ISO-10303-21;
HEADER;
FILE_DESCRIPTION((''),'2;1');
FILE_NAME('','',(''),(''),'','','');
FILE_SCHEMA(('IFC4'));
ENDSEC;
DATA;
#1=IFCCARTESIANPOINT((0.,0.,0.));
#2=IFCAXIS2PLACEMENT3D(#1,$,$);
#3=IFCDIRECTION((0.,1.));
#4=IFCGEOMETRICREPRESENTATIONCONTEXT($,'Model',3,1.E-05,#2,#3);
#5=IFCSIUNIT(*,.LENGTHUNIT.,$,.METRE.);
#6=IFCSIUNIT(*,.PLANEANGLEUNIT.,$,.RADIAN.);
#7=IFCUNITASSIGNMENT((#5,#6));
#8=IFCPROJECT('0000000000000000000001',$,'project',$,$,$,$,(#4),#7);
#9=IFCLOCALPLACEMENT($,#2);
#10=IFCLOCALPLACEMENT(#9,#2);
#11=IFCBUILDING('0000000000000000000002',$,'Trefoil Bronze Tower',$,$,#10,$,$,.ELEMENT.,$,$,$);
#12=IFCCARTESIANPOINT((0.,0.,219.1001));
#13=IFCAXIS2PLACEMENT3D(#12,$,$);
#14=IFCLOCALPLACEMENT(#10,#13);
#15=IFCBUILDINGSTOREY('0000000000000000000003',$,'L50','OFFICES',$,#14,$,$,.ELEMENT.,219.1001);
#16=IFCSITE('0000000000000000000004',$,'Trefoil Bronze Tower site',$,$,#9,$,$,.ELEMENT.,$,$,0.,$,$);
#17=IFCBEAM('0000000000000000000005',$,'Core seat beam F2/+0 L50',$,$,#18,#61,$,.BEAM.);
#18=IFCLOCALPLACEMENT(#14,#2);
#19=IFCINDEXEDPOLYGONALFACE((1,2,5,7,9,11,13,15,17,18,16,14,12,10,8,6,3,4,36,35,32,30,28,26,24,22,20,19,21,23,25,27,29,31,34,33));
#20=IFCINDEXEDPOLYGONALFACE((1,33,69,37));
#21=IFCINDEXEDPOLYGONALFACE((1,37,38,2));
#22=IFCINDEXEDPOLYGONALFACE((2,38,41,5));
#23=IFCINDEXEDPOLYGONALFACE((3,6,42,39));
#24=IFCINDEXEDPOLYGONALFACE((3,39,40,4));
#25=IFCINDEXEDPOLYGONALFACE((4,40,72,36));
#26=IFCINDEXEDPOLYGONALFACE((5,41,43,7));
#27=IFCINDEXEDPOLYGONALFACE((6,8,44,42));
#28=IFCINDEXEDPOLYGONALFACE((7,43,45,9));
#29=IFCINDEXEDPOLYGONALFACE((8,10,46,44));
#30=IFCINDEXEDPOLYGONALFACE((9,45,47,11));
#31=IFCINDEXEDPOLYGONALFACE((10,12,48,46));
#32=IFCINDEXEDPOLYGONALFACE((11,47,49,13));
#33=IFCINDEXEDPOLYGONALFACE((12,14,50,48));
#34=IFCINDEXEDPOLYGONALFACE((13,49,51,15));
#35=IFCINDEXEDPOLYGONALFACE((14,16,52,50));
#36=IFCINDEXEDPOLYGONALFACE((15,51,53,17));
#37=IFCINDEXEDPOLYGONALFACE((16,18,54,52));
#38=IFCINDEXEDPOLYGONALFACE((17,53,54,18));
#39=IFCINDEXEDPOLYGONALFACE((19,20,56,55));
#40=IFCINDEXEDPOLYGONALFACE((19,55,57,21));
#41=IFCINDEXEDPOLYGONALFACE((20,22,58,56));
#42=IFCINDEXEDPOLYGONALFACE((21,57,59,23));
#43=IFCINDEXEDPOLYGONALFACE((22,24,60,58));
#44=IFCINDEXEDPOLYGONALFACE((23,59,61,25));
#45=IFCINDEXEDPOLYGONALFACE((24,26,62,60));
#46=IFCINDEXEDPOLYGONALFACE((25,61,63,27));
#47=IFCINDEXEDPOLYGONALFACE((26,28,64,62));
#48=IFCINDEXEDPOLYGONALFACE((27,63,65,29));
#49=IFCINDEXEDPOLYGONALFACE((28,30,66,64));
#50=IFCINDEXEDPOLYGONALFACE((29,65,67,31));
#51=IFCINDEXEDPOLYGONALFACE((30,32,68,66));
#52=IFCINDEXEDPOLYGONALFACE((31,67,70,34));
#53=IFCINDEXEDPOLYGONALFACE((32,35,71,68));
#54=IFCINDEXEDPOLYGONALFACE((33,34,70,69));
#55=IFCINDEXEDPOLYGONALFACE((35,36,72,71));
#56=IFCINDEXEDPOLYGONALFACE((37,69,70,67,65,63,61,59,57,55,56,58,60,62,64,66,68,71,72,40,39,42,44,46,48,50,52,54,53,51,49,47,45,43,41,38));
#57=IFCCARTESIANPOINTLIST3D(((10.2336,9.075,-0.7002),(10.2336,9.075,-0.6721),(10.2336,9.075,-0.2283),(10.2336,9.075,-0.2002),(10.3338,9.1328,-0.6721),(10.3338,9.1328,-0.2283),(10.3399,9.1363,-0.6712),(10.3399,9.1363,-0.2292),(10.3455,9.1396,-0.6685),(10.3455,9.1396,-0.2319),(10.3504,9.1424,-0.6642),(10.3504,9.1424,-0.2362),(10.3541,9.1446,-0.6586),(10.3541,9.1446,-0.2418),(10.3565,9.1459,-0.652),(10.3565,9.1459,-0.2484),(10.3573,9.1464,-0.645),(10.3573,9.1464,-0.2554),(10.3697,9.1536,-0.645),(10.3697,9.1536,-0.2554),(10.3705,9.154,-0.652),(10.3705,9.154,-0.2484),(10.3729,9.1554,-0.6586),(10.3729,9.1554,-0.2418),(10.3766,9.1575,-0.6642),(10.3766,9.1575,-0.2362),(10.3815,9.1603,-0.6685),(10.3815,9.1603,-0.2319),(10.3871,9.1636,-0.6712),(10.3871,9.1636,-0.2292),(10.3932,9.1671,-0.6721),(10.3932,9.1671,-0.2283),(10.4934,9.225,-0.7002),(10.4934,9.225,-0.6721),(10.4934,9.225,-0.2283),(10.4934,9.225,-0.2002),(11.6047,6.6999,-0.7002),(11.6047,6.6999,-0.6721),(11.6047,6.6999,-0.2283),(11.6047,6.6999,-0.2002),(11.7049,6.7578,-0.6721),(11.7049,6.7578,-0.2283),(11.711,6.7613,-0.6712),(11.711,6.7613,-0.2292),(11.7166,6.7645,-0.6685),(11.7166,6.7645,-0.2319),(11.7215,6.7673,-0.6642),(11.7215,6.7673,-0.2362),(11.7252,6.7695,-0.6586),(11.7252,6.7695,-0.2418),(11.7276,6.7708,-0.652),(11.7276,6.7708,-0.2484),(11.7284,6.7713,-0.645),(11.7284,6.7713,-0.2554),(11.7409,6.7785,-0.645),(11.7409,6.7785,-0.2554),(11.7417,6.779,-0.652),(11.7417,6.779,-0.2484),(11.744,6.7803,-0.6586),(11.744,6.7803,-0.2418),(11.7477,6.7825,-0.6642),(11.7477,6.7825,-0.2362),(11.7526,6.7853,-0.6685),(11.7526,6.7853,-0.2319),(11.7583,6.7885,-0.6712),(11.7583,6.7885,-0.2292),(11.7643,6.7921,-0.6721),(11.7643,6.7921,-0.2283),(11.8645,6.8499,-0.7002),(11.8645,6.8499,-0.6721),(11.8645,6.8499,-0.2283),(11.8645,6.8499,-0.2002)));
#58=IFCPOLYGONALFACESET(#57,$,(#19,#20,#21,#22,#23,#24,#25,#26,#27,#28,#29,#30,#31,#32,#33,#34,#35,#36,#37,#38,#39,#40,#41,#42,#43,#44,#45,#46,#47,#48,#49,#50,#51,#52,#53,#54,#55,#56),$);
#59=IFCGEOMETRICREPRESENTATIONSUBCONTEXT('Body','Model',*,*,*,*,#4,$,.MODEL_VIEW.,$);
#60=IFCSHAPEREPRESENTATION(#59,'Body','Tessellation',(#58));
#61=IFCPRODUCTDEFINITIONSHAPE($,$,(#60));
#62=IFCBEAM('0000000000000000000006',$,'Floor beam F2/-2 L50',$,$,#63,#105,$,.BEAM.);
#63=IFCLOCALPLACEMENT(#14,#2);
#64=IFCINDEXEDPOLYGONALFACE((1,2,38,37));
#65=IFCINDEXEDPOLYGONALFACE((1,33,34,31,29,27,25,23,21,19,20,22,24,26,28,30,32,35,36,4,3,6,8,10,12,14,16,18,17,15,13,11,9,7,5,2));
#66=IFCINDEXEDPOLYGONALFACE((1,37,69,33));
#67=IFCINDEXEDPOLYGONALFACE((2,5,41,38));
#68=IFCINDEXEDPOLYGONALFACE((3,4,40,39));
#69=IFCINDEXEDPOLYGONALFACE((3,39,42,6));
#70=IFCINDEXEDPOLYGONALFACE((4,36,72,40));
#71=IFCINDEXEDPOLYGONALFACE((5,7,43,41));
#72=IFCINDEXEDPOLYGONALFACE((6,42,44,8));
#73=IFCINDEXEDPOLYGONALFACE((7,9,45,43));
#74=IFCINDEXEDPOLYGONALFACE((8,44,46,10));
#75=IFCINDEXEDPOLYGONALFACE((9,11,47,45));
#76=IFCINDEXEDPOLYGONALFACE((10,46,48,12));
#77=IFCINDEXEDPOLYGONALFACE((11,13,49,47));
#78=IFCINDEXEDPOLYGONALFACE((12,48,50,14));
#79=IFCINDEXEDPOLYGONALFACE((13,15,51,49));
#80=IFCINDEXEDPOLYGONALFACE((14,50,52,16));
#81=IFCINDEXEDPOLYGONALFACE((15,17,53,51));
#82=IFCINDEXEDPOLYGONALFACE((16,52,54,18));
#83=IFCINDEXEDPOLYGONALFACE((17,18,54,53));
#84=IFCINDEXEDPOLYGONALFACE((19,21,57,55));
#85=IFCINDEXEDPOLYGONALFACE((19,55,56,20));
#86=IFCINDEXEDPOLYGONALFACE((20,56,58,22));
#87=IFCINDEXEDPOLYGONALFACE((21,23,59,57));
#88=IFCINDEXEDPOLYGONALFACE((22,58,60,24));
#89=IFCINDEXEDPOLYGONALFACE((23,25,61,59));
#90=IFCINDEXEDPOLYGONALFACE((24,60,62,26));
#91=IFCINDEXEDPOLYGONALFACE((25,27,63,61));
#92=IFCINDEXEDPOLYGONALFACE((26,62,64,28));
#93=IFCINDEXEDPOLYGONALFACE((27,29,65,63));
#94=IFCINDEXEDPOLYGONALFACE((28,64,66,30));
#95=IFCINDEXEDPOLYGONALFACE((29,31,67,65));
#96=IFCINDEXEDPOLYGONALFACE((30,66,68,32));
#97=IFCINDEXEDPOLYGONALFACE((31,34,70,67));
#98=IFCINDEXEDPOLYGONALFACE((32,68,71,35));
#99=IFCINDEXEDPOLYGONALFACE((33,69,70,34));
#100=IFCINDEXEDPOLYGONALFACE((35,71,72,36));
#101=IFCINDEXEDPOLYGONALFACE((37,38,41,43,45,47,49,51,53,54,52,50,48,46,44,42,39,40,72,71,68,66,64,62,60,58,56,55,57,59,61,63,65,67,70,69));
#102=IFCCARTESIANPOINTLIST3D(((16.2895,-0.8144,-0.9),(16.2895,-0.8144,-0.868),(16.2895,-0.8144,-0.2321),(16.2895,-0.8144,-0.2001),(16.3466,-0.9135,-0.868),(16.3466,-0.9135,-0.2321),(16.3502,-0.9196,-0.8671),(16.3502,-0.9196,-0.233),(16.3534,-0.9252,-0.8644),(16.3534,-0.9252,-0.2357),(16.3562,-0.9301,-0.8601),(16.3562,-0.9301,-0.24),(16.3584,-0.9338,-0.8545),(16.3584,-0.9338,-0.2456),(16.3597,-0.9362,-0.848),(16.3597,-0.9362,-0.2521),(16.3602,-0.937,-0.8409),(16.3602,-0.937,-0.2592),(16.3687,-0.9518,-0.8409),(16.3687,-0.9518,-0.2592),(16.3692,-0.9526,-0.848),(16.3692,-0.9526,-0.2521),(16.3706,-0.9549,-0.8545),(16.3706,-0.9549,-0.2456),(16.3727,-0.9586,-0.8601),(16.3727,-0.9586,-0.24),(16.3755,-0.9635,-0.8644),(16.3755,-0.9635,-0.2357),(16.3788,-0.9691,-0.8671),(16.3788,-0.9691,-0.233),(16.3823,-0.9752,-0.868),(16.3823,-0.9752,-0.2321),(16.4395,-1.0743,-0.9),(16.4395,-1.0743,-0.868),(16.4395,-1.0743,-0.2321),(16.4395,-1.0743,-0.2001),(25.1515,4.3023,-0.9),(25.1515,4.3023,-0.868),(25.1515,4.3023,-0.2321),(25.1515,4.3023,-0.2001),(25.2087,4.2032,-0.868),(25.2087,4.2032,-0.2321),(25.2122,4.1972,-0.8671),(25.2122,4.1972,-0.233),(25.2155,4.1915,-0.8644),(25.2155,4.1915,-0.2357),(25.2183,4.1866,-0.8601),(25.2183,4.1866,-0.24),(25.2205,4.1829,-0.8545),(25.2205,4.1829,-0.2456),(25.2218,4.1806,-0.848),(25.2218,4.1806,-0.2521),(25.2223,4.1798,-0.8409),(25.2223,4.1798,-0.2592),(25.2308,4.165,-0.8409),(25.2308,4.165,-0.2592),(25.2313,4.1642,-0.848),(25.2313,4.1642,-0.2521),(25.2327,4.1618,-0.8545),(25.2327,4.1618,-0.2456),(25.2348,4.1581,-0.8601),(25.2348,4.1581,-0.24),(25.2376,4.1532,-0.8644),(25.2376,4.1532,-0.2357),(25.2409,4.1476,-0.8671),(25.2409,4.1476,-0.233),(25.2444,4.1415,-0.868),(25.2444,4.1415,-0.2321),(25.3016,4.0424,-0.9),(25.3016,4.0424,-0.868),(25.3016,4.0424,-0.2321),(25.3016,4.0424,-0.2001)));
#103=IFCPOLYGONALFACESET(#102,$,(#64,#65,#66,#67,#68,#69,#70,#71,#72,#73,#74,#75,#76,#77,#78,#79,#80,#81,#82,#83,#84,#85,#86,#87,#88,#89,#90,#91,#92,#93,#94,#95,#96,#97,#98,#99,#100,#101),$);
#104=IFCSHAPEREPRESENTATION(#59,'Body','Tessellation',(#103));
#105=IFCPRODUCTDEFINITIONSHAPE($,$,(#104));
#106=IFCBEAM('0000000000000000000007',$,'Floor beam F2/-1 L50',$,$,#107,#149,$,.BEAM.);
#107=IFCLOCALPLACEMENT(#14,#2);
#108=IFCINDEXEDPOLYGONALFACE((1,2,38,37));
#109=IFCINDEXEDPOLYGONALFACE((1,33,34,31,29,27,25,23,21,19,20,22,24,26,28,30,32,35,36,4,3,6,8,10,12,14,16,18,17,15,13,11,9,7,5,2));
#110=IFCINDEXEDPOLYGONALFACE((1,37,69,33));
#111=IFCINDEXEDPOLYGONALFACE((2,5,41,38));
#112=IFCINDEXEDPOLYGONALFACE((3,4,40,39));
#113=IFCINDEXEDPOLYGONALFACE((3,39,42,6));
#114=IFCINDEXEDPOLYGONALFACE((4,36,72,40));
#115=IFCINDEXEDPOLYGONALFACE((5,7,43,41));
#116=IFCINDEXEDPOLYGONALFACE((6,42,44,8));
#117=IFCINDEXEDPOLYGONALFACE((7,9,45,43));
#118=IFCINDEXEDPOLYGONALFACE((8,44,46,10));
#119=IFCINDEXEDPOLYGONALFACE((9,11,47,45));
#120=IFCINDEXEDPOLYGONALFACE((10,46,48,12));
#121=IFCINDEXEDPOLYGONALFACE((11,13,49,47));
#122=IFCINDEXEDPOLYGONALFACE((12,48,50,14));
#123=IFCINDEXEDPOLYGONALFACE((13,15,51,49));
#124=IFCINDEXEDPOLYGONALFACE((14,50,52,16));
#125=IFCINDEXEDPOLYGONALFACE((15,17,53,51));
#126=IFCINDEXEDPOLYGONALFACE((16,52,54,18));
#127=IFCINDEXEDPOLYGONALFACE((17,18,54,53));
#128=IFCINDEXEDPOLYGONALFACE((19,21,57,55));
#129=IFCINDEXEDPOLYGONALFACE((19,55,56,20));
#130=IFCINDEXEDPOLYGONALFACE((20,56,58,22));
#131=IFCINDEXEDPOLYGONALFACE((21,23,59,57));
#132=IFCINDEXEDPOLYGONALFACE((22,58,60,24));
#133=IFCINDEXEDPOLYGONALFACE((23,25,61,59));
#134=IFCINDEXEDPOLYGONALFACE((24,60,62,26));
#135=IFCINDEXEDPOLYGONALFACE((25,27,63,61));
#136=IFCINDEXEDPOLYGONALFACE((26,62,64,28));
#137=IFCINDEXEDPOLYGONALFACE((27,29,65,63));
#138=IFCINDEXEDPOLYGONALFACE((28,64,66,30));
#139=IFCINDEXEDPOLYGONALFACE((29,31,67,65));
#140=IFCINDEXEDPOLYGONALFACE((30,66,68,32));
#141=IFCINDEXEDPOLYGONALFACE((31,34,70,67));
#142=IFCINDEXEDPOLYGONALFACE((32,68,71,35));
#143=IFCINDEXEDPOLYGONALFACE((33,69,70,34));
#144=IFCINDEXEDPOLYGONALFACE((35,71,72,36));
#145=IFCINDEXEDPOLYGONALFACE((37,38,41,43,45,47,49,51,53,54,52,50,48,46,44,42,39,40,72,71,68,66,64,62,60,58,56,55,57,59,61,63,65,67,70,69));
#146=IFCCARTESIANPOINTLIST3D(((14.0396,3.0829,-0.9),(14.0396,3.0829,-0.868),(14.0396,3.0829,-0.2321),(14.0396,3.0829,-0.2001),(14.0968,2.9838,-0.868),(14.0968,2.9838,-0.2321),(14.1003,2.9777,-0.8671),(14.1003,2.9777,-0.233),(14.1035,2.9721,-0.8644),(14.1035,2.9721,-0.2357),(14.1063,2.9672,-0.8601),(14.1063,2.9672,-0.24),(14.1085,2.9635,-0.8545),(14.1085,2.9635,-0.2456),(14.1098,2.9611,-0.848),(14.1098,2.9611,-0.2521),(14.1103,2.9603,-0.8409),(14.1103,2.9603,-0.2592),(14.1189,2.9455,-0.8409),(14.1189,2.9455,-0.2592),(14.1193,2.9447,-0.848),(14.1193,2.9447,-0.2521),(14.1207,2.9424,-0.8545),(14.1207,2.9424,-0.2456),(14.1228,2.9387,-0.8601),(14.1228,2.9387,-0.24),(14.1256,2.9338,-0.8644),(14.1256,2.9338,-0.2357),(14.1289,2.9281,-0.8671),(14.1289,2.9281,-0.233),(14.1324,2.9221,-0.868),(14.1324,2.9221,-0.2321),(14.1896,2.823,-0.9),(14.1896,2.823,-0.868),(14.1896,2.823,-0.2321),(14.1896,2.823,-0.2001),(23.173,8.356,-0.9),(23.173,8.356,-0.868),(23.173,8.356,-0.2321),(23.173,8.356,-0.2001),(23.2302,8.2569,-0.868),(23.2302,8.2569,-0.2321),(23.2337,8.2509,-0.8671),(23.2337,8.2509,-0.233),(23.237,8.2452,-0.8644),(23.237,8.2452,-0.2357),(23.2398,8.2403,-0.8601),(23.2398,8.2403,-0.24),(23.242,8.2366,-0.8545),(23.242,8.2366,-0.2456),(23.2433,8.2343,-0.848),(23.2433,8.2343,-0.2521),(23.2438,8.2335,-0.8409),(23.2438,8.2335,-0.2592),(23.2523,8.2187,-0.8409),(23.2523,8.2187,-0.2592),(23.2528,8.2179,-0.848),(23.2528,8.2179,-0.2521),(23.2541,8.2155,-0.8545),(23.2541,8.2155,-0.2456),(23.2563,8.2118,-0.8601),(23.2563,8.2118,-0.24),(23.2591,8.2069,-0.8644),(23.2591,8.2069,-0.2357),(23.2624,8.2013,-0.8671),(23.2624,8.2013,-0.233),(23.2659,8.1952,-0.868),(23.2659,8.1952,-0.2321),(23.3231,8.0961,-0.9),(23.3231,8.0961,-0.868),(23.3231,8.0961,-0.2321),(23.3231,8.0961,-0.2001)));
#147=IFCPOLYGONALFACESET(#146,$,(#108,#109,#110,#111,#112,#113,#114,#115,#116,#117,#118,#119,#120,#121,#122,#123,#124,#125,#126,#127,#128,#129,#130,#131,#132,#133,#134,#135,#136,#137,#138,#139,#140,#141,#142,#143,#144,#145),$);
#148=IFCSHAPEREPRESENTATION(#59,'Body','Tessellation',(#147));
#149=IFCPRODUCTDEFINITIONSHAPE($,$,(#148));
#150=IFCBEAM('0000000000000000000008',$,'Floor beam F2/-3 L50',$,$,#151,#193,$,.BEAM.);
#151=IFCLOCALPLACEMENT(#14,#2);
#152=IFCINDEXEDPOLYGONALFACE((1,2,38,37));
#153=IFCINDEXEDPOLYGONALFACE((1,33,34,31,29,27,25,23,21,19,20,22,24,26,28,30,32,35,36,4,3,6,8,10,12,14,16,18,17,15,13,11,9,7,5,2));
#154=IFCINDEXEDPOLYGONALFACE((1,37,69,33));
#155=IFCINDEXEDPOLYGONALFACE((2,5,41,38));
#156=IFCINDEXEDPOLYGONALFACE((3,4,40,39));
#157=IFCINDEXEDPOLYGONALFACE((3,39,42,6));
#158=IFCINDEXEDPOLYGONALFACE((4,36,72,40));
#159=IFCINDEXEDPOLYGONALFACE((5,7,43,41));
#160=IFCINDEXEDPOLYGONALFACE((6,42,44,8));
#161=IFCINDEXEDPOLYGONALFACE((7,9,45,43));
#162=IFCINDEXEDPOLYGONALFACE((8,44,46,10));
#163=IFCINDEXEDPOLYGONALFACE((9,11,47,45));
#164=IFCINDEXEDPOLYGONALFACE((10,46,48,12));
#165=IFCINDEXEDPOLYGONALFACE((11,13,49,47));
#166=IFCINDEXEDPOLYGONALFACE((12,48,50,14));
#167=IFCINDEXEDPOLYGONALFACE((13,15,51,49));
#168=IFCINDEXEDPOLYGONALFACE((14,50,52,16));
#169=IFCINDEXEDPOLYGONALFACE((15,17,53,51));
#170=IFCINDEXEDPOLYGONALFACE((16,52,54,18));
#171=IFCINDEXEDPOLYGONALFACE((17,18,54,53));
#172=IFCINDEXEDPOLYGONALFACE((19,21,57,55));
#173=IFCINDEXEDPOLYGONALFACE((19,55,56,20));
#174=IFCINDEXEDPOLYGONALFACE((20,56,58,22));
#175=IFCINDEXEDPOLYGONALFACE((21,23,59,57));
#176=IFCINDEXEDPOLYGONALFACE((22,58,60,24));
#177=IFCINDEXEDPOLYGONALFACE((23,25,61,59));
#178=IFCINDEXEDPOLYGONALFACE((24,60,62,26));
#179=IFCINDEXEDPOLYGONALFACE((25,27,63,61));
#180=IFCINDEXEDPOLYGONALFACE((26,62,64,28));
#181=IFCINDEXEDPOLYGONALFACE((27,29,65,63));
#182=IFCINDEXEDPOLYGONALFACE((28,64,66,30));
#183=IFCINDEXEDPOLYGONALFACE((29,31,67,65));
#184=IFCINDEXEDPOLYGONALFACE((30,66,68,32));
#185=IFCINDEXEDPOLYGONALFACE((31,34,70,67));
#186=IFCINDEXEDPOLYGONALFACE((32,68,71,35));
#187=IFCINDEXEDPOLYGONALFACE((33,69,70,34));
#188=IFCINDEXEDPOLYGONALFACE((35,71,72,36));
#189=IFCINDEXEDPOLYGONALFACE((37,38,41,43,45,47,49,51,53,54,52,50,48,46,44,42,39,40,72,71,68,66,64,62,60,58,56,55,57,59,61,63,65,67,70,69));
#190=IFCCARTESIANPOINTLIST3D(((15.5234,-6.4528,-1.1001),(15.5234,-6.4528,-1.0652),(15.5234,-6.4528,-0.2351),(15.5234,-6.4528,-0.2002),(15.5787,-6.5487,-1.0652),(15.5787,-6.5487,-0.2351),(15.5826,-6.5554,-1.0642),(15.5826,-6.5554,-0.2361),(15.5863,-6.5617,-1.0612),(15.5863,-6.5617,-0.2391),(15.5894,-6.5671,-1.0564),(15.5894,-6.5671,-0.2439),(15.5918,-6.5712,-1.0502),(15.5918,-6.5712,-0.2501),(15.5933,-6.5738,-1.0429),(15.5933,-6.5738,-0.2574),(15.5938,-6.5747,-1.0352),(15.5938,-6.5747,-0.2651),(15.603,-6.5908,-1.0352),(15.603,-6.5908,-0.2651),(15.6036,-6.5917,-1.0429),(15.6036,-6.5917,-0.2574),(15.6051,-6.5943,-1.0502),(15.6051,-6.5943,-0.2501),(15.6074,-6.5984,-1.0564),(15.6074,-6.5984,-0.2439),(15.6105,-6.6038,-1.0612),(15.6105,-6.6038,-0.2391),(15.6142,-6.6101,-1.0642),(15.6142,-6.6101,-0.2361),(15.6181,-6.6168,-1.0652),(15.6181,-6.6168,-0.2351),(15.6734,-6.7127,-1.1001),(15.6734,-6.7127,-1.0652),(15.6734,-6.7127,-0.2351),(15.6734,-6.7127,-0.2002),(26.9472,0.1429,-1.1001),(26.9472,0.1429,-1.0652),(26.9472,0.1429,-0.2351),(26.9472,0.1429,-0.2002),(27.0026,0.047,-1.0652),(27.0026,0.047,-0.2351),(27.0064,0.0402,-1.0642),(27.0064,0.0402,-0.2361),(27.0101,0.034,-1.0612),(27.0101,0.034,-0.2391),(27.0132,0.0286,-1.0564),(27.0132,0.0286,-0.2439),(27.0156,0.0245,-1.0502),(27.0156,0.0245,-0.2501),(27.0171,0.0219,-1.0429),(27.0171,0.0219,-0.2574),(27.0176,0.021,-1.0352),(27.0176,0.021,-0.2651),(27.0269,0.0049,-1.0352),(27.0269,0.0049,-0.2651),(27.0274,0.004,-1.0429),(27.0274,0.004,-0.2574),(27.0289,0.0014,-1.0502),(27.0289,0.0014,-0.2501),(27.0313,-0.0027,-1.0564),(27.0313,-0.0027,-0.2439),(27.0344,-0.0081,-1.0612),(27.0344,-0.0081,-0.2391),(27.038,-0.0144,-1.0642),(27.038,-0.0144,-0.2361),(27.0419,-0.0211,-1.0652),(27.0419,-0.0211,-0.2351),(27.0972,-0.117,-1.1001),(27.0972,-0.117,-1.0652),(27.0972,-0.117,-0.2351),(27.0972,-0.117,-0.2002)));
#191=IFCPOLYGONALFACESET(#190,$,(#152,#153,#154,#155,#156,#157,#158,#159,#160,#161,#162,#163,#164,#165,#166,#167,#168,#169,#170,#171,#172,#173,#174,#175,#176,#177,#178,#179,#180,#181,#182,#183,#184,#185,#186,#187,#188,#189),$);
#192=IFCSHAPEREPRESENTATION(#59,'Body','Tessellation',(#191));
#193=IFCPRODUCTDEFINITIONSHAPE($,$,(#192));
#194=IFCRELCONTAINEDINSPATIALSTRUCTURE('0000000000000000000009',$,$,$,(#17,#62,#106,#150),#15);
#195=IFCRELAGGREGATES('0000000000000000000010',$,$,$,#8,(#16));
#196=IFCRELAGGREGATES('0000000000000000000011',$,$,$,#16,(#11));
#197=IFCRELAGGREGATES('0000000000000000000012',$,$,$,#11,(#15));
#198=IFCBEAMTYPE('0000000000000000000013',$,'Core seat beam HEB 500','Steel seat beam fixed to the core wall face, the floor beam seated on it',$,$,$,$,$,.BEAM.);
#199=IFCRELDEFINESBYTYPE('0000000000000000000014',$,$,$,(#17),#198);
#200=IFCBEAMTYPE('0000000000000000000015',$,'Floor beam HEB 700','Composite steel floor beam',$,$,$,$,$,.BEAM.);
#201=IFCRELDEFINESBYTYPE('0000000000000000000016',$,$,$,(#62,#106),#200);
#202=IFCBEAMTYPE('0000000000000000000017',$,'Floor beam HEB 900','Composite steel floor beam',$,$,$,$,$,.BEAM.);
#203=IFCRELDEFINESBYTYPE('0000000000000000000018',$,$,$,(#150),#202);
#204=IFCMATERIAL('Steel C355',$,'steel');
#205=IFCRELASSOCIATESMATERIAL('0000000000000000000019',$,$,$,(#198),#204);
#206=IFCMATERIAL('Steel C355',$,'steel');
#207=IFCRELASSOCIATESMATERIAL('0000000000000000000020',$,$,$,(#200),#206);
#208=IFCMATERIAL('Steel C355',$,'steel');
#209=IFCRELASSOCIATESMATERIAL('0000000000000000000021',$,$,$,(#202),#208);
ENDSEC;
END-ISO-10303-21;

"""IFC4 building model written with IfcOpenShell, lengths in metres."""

from ifc_helpers import new_model, si_unit, direction, frame, origin, origin_2d, place, context, subcontext, project, spatial, i_section, extrude, material, material_profile, profile_set, type_object, element, save


model = new_model("IFC4")

# Units and contexts
model_context = context("Model", 3, precision=1e-05, world=origin(), true_north=direction((0.0, 1.0)))
body_context = subcontext(model_context, "Body", "Model", "MODEL_VIEW")
ifc_project = project(units=[si_unit("LENGTHUNIT", "METRE"), si_unit("PLANEANGLEUNIT", "RADIAN")], contexts=[model_context])

# Site, building, storey
site_placement = place(None, origin())
site = spatial("IfcSite", under=ifc_project, at=site_placement, Name="Trefoil Bronze Tower site", CompositionType="ELEMENT", RefElevation=0.0)
building_placement = place(site_placement, origin())
building = spatial("IfcBuilding", under=site, at=building_placement, Name="Trefoil Bronze Tower", CompositionType="ELEMENT")
storey_placement = place(building_placement, frame((0.0, 0.0, 219.1001)))
storey = spatial("IfcBuildingStorey", under=building, at=storey_placement, Name="L50", Description="OFFICES", CompositionType="ELEMENT", Elevation=219.1001)

# Beams
ifc_material_1 = material(Name="Steel C355", Category="steel")
ifc_material_profile_1 = material_profile(ifc_material_1, i_section(OverallWidth=0.3, OverallDepth=0.5, WebThickness=0.0144, FlangeThickness=0.0281, FilletRadius=0.0271, at=origin_2d()), Name="HEB 500")
ifc_profile_set_1 = profile_set([ifc_material_profile_1], Name="Steel C355")
beam_type_1 = type_object("IfcBeamType", Name="Core seat beam HEB 500", Description="Steel seat beam fixed to the core wall face, the floor beam seated on it", PredefinedType="BEAM", material=ifc_profile_set_1)
for number, where, z_axis, x_axis, name in (
    (1, (11.7346, 6.7749, -0.4502), (-0.499969, 0.866043, 0.0), (-0.866043, -0.499969, 0.0), "Core seat beam F2/+0 L50"),
):
    element("IfcBeam", number, at=place(storey_placement, frame(where, z_axis=z_axis, x_axis=x_axis)), inside=storey, type_object=beam_type_1, Name=name, PredefinedType="BEAM", context=body_context, shape_type="SweptSolid", body=[
        extrude(i_section(OverallWidth=0.3, OverallDepth=0.5, WebThickness=0.0144, FlangeThickness=0.0281, FilletRadius=0.0271, at=origin_2d()), origin(), (0.0, 0.0, 1.0), 2.7424),
    ])
ifc_material_2 = material(Name="Steel C355", Category="steel")
ifc_material_profile_2 = material_profile(ifc_material_2, i_section(OverallWidth=0.3, OverallDepth=0.7, WebThickness=0.0171, FlangeThickness=0.032, FilletRadius=0.0271, at=origin_2d()), Name="HEB 700")
ifc_profile_set_2 = profile_set([ifc_material_profile_2], Name="Steel C355")
beam_type_2 = type_object("IfcBeamType", Name="Floor beam HEB 700", Description="Composite steel floor beam", PredefinedType="BEAM", material=ifc_profile_set_2)
beam_1_placement = place(storey_placement, frame((25.2266, 4.1724, -0.55), z_axis=(-0.866018, -0.500014, 0.0), x_axis=(0.500014, -0.866018, 0.0)))
element("IfcBeam", 2, at=beam_1_placement, inside=storey, type_object=beam_type_2, Name="Floor beam F2/-2 L50", PredefinedType="BEAM", context=body_context, shape_type="SweptSolid", body=[
    extrude(i_section(OverallWidth=0.3, OverallDepth=0.7, WebThickness=0.0171, FlangeThickness=0.032, FilletRadius=0.0271, at=origin_2d()), origin(), (0.0, 0.0, 1.0), 10.2332),
])
beam_2_placement = place(storey_placement, frame((23.248, 8.2261, -0.55), z_axis=(-0.866028, -0.499996, 0.0), x_axis=(0.499996, -0.866028, 0.0)))
element("IfcBeam", 3, at=beam_2_placement, inside=storey, type_object=beam_type_2, Name="Floor beam F2/-1 L50", PredefinedType="BEAM", context=body_context, shape_type="SweptSolid", body=[
    extrude(i_section(OverallWidth=0.3, OverallDepth=0.7, WebThickness=0.0171, FlangeThickness=0.032, FilletRadius=0.0271, at=origin_2d()), origin(), (0.0, 0.0, 1.0), 10.5464),
])
ifc_material_3 = material(Name="Steel C355", Category="steel")
ifc_material_profile_3 = material_profile(ifc_material_3, i_section(OverallWidth=0.3, OverallDepth=0.8999, WebThickness=0.0186, FlangeThickness=0.0349, FilletRadius=0.03, at=origin_2d()), Name="HEB 900")
ifc_profile_set_3 = profile_set([ifc_material_profile_3], Name="Steel C355")
beam_type_3 = type_object("IfcBeamType", Name="Floor beam HEB 900", Description="Composite steel floor beam", PredefinedType="BEAM", material=ifc_profile_set_3)
beam_3_placement = place(storey_placement, frame((27.0222, 0.0129, -0.6501), z_axis=(-0.86602, -0.500009, 0.0), x_axis=(0.500009, -0.86602, 0.0)))
element("IfcBeam", 4, at=beam_3_placement, inside=storey, type_object=beam_type_3, Name="Floor beam F2/-3 L50", PredefinedType="BEAM", context=body_context, shape_type="SweptSolid", body=[
    extrude(i_section(OverallWidth=0.3, OverallDepth=0.8999, WebThickness=0.0186, FlangeThickness=0.0349, FilletRadius=0.03, at=origin_2d()), origin(), (0.0, 0.0, 1.0), 13.1912),
])

save(model, "model.ifc")
